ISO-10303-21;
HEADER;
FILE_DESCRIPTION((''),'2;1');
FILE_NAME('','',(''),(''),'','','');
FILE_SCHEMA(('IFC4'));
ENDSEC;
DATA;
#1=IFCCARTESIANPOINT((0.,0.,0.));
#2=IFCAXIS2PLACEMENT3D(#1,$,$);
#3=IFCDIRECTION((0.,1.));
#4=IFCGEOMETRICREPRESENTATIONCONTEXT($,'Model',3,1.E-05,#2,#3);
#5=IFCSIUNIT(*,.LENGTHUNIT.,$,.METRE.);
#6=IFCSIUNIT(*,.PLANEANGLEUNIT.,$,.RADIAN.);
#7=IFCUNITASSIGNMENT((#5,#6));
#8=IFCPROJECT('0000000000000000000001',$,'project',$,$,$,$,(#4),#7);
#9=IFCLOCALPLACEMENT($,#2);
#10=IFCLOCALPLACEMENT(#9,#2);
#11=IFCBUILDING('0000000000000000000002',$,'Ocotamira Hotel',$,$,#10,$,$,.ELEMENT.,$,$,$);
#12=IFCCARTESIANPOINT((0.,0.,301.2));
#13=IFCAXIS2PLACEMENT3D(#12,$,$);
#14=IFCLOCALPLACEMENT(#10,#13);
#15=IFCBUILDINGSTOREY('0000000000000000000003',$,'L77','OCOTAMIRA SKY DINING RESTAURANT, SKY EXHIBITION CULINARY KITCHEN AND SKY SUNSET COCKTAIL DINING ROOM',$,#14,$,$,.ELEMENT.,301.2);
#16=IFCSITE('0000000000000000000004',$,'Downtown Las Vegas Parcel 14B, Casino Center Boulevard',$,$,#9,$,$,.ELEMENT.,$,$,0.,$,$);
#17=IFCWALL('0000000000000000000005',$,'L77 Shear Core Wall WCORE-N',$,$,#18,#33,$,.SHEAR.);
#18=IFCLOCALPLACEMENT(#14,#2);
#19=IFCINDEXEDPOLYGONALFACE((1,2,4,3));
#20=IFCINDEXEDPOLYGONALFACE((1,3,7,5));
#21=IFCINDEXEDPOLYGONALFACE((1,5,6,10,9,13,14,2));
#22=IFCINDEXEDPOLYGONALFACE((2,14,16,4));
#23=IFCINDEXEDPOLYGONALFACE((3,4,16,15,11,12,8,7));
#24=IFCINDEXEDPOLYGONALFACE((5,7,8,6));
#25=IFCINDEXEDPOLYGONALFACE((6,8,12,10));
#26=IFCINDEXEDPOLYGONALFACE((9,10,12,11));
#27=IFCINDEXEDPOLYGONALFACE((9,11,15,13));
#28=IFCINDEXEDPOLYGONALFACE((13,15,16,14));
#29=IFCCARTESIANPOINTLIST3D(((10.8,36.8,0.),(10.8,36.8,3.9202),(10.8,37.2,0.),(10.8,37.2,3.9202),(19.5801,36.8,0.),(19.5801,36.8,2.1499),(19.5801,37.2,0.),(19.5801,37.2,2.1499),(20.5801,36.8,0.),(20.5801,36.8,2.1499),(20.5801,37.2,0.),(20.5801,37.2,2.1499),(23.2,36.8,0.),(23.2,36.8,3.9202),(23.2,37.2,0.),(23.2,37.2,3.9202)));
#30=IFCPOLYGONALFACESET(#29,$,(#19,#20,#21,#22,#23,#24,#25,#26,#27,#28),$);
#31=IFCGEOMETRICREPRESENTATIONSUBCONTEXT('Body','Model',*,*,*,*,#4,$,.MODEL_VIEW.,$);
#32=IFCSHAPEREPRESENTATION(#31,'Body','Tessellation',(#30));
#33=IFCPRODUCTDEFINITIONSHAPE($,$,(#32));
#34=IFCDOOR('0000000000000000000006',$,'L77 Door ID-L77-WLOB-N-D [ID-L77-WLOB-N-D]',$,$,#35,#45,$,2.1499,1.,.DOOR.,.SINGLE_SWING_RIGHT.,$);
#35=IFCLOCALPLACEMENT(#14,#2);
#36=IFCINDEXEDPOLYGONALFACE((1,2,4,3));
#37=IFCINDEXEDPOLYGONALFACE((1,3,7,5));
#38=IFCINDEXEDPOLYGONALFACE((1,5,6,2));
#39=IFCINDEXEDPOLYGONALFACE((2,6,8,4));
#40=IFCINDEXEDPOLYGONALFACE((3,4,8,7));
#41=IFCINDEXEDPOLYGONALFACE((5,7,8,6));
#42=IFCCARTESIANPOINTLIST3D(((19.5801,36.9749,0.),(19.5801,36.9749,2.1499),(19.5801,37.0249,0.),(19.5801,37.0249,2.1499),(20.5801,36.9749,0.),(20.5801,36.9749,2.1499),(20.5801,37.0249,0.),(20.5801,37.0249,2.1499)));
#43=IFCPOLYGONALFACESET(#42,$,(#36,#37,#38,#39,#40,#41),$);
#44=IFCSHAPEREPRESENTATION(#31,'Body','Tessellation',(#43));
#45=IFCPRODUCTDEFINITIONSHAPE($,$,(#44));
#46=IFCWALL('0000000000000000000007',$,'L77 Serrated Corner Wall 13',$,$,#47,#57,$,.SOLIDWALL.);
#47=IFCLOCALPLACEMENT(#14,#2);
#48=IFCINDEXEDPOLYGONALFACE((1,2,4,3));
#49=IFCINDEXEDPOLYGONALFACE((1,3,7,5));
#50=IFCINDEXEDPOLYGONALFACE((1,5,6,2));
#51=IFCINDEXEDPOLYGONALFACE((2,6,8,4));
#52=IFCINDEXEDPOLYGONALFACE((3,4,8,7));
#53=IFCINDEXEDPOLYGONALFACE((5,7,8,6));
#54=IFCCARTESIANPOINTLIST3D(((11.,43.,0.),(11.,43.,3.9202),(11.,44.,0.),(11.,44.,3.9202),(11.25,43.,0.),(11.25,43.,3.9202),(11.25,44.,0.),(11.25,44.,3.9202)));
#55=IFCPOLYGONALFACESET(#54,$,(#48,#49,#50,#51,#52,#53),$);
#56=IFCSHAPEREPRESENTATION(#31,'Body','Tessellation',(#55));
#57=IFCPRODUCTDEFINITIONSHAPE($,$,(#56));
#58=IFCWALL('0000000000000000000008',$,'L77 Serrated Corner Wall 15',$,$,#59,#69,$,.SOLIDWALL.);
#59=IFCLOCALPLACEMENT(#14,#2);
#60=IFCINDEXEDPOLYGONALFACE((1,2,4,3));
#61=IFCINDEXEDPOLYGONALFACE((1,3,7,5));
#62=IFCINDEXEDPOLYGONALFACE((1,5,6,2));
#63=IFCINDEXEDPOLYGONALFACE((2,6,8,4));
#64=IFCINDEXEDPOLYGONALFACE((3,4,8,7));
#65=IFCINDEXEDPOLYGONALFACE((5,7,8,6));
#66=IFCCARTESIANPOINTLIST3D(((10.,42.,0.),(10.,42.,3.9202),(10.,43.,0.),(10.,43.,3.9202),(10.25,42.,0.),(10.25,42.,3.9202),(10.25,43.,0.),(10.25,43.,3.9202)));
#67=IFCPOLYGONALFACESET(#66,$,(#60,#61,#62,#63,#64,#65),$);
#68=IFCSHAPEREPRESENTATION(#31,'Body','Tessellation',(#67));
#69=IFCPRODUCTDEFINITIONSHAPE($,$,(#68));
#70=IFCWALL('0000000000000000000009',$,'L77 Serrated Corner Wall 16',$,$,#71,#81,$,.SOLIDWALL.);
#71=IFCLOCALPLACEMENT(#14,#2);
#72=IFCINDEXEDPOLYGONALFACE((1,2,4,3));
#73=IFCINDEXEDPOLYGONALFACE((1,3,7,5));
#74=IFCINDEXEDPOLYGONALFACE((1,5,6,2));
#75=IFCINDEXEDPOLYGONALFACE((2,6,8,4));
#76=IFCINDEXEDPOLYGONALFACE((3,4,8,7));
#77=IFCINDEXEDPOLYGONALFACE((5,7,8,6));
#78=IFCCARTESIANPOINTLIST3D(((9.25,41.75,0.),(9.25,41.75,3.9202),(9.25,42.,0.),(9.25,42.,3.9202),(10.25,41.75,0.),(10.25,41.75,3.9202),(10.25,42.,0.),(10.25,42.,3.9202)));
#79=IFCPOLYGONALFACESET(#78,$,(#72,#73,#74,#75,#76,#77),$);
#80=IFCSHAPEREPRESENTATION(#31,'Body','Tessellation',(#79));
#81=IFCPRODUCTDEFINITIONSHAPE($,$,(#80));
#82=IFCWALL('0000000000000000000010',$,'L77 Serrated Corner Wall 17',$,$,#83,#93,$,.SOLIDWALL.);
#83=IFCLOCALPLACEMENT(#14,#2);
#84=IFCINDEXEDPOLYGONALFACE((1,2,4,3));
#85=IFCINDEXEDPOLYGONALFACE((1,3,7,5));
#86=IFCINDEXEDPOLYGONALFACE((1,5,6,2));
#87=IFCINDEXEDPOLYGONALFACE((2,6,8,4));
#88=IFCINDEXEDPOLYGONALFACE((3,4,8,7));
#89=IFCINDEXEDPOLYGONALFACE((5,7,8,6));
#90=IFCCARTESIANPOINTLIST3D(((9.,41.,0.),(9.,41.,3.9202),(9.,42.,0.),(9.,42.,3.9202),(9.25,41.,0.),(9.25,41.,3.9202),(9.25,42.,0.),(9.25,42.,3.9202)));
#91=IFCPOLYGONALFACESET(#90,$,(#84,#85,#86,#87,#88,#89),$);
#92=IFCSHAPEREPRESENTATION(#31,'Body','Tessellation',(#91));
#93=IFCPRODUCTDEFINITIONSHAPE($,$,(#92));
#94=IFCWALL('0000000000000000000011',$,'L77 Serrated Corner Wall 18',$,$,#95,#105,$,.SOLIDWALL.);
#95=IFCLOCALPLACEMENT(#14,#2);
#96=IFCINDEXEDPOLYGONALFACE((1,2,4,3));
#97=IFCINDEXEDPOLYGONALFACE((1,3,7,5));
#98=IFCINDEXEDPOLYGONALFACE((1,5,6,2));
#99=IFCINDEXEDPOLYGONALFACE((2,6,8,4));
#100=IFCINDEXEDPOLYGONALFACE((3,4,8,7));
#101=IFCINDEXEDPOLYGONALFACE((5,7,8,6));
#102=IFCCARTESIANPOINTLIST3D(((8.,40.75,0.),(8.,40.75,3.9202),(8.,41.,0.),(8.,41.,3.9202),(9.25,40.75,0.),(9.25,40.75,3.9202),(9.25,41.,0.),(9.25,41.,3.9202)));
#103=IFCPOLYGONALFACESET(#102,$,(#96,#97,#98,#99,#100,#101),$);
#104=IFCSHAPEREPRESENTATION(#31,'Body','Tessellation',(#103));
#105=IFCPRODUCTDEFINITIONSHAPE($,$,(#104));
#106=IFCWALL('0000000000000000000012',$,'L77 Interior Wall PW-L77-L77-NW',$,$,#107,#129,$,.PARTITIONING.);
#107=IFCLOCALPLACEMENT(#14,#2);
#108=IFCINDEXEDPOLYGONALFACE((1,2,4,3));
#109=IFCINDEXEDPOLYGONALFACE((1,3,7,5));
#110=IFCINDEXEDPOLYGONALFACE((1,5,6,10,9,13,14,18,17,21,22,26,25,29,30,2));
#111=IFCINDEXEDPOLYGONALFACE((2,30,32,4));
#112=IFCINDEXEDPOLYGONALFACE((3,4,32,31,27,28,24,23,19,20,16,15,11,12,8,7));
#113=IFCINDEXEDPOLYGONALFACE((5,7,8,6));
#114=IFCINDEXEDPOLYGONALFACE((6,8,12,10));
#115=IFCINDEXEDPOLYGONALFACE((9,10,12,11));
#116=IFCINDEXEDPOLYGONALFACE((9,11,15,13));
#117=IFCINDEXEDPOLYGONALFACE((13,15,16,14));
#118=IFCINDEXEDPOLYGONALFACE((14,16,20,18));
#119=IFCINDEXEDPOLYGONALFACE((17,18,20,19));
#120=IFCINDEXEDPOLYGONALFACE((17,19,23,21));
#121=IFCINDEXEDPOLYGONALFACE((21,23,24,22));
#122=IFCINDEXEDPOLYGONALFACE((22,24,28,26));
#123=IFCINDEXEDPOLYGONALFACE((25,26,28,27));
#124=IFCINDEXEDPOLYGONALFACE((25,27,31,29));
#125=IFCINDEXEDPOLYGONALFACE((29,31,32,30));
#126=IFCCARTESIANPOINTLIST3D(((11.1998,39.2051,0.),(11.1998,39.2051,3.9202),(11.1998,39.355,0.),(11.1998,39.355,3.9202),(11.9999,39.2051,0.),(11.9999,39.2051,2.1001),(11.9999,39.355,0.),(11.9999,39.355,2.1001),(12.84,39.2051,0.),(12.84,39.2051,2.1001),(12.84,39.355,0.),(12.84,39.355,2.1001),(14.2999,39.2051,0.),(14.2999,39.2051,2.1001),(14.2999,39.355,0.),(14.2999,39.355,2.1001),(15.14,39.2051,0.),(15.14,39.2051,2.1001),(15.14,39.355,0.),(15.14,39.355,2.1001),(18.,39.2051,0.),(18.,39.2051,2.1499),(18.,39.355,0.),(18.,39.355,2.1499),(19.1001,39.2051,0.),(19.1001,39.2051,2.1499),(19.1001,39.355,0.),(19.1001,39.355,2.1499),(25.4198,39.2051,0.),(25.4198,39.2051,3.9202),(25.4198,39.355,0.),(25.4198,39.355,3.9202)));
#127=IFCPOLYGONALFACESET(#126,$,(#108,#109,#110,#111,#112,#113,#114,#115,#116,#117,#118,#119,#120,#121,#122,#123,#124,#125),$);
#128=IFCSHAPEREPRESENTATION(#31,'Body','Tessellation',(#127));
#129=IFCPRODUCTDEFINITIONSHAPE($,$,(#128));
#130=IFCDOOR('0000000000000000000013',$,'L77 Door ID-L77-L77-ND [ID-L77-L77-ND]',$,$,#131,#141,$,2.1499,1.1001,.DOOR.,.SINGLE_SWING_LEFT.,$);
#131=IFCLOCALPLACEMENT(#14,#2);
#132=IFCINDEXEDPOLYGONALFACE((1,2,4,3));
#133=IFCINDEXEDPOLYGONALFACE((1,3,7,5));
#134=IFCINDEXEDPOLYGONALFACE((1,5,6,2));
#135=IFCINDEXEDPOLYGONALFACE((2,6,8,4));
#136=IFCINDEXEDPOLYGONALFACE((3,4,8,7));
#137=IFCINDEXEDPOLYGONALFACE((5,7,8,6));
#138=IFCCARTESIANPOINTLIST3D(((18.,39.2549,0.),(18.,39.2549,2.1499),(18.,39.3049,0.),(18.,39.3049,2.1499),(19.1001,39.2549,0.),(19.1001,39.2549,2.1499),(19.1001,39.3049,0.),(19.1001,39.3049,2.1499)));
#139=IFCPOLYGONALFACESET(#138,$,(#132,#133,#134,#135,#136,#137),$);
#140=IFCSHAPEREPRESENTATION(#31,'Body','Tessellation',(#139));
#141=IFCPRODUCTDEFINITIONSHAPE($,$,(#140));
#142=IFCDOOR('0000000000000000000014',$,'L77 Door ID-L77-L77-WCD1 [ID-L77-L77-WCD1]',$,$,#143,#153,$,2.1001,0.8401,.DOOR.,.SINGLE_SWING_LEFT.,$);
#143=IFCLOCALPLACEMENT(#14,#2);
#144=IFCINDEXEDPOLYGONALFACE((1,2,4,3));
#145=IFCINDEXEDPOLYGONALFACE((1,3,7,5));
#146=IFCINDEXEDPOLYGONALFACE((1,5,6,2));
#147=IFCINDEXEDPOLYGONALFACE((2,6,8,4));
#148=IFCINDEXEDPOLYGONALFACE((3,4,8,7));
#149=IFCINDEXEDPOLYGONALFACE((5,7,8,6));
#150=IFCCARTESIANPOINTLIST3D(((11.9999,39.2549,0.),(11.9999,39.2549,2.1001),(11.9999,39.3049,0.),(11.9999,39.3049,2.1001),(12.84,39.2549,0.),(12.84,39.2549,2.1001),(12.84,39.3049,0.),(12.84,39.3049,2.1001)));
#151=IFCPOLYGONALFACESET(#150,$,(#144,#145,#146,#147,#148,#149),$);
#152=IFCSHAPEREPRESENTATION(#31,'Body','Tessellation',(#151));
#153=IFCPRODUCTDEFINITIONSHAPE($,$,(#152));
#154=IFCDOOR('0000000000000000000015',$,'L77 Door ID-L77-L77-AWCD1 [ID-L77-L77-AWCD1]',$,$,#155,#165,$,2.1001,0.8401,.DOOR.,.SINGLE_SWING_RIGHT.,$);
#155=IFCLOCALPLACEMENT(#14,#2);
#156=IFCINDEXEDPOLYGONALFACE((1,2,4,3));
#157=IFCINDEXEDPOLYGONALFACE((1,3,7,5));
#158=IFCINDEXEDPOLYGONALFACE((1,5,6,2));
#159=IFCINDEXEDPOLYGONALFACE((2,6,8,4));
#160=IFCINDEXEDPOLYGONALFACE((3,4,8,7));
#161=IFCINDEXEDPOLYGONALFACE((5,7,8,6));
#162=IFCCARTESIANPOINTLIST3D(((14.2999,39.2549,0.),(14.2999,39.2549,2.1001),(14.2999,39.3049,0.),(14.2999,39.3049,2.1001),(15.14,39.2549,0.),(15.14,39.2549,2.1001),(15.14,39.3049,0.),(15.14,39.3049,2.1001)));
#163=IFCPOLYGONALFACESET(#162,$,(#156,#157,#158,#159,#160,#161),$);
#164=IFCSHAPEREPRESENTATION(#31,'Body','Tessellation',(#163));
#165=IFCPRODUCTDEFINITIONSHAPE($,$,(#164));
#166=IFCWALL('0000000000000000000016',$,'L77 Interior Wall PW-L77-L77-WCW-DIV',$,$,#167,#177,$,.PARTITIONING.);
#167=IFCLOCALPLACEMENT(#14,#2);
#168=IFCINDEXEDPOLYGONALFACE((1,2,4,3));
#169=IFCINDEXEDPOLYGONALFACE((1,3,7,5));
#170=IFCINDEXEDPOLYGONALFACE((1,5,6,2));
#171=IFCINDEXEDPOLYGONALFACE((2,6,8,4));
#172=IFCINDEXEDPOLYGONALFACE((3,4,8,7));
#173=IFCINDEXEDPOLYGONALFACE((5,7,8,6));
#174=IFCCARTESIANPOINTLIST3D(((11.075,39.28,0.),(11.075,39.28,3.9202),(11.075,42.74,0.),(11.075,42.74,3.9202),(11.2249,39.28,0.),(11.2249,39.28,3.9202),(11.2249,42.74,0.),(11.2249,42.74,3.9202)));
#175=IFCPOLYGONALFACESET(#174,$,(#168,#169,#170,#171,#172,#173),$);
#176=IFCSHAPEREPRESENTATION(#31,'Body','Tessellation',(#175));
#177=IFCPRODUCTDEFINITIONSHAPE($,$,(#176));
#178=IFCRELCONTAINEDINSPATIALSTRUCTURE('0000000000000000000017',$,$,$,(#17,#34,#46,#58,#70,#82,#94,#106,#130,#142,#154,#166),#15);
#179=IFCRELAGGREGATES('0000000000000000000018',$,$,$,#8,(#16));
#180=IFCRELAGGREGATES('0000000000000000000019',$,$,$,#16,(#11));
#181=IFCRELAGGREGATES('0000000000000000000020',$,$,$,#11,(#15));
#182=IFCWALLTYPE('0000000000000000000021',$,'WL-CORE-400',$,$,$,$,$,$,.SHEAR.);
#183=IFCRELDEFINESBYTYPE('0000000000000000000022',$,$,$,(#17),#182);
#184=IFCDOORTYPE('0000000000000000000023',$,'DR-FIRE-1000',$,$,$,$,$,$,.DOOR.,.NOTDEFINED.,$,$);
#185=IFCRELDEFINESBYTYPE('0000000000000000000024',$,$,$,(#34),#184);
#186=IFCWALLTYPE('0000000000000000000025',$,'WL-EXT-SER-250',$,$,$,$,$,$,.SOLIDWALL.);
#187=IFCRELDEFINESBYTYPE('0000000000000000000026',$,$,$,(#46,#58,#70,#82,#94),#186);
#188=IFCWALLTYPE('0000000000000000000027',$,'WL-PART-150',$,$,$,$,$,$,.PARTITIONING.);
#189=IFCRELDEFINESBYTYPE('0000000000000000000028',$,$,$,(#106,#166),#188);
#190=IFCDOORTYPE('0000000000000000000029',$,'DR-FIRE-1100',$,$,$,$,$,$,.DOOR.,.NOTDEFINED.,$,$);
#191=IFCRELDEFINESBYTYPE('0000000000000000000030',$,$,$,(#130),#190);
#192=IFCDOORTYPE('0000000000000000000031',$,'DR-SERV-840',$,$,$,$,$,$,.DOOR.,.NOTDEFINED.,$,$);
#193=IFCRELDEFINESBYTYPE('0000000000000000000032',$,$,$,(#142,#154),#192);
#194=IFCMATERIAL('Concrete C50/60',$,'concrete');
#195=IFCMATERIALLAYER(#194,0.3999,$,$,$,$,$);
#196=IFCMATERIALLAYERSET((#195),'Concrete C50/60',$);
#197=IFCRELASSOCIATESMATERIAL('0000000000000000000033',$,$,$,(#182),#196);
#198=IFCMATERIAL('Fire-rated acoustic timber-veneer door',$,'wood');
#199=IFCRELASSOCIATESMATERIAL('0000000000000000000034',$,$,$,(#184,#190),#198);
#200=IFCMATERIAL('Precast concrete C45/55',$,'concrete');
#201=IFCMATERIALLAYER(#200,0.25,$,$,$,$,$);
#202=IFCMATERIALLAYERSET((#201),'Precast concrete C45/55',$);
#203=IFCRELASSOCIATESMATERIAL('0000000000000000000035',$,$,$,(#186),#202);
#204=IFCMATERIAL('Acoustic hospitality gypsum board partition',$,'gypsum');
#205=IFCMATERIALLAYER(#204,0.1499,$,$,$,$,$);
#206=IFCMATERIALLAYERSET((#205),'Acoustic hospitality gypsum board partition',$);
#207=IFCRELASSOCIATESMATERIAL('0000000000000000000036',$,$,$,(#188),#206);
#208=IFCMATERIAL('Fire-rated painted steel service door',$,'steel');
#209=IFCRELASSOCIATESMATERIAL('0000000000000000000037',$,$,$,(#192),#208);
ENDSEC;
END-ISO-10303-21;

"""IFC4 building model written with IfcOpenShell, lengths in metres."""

from ifc_helpers import new_model, si_unit, direction, frame, frame_2d, origin, place, context, subcontext, project, spatial, rectangle, extrude, source, transform, mapped, material, layer, layer_set, type_object, element, fill, save


model = new_model("IFC4")

# Units and contexts
model_context = context("Model", 3, precision=1e-05, world=origin(), true_north=direction((0.0, 1.0)))
body_context = subcontext(model_context, "Body", "Model", "MODEL_VIEW")
ifc_project = project(units=[si_unit("LENGTHUNIT", "METRE"), si_unit("PLANEANGLEUNIT", "RADIAN")], contexts=[model_context])

# Site, building, storey
site_placement = place(None, origin())
site = spatial("IfcSite", under=ifc_project, at=site_placement, Name="Downtown Las Vegas Parcel 14B, Casino Center Boulevard", CompositionType="ELEMENT", RefElevation=0.0)
building_placement = place(site_placement, origin())
building = spatial("IfcBuilding", under=site, at=building_placement, Name="Ocotamira Hotel", CompositionType="ELEMENT")
storey_placement = place(building_placement, frame((0.0, 0.0, 301.2)))
storey = spatial("IfcBuildingStorey", under=building, at=storey_placement, Name="L77", Description="OCOTAMIRA SKY DINING RESTAURANT, SKY EXHIBITION CULINARY KITCHEN AND SKY SUNSET COCKTAIL DINING ROOM", CompositionType="ELEMENT", Elevation=301.2)

# Wall, opening, door
ifc_material_1 = material(Name="Concrete C50/60", Category="concrete")
ifc_layer_1 = layer(ifc_material_1, 0.3999)
ifc_layer_set_1 = layer_set([ifc_layer_1], Name="Concrete C50/60")
wall_type_1 = type_object("IfcWallType", Name="WL-CORE-400", PredefinedType="SHEAR", material=ifc_layer_set_1)
wall_1_placement = place(storey_placement, frame((10.8, 37.0, 0.0), z_axis=(0.0, 0.0, 1.0), x_axis=(1.0, 0.0, 0.0)))
wall_1 = element("IfcWall", 1, at=wall_1_placement, inside=storey, type_object=wall_type_1, Name="L77 Shear Core Wall WCORE-N", PredefinedType="SHEAR", context=body_context, shape_type="SweptSolid", body=[
    extrude(rectangle(XDim=12.3999, YDim=0.3999, at=frame_2d((6.2, 0.0))), origin(), (0.0, 0.0, 1.0), 3.9202),
])
opening_1_placement = place(wall_1_placement, frame((8.78, 0.0, 0.0)))
opening_1 = element("IfcOpeningElement", 2, at=opening_1_placement, cuts=wall_1, PredefinedType="OPENING", context=body_context, shape_type="SweptSolid", body=[
    extrude(rectangle(XDim=1.0, YDim=2.1499, at=frame_2d((0.5, 1.075))), frame((0.0, 0.21, 0.0), z_axis=(0.0, -1.0, 0.0), x_axis=(1.0, 0.0, 0.0)), (0.0, 0.0, 1.0), 0.4199),
])
ifc_material_2 = material(Name="Fire-rated acoustic timber-veneer door", Category="wood")
door_type_1 = type_object("IfcDoorType", Name="DR-FIRE-1000", OperationType="NOTDEFINED", PredefinedType="DOOR", material=ifc_material_2)
shared_shape_1 = source(origin(), body_context, "Body", "SweptSolid", [
    extrude(rectangle(XDim=1.0, YDim=2.1499, at=frame_2d((0.5, 1.075))), frame((0.0, 0.0249, 0.0), z_axis=(0.0, -1.0, 0.0), x_axis=(1.0, 0.0, 0.0)), (0.0, 0.0, 1.0), 0.05),
])
door_1_placement = place(opening_1_placement, origin())
door_1 = element("IfcDoor", 3, at=door_1_placement, inside=storey, type_object=door_type_1, Name="L77 Door ID-L77-WLOB-N-D [ID-L77-WLOB-N-D]", OperationType="SINGLE_SWING_RIGHT", OverallHeight=2.1499, OverallWidth=1.0, PredefinedType="DOOR", context=body_context, shape_type="MappedRepresentation", body=[
    mapped(shared_shape_1, transform((0.0, 0.0, 0.0), scale=1.0)),
])
fill(opening_1, door_1)

# Walls
ifc_material_3 = material(Name="Precast concrete C45/55", Category="concrete")
ifc_layer_2 = layer(ifc_material_3, 0.25)
ifc_layer_set_2 = layer_set([ifc_layer_2], Name="Precast concrete C45/55")
wall_type_2 = type_object("IfcWallType", Name="WL-EXT-SER-250", PredefinedType="SOLIDWALL", material=ifc_layer_set_2)
for number, where, z_axis, x_axis, name in (
    (4, (11.125, 44.0, 0.0), (0.0, 0.0, 1.0), (0.0, -1.0, 0.0), "L77 Serrated Corner Wall 13"),
    (5, (10.125, 43.0, 0.0), (0.0, 0.0, 1.0), (0.0, -1.0, 0.0), "L77 Serrated Corner Wall 15"),
    (6, (10.25, 41.875, 0.0), (0.0, 0.0, 1.0), (-1.0, 0.0, 0.0), "L77 Serrated Corner Wall 16"),
    (7, (9.125, 42.0, 0.0), (0.0, 0.0, 1.0), (0.0, -1.0, 0.0), "L77 Serrated Corner Wall 17"),
):
    element("IfcWall", number, at=place(storey_placement, frame(where, z_axis=z_axis, x_axis=x_axis)), inside=storey, type_object=wall_type_2, Name=name, PredefinedType="SOLIDWALL", context=body_context, shape_type="SweptSolid", body=[
        extrude(rectangle(XDim=1.0, YDim=0.25, at=frame_2d((0.5, 0.0))), origin(), (0.0, 0.0, 1.0), 3.9202),
    ])
wall_2_placement = place(storey_placement, frame((9.25, 40.875, 0.0), z_axis=(0.0, 0.0, 1.0), x_axis=(-1.0, 0.0, 0.0)))
element("IfcWall", 8, at=wall_2_placement, inside=storey, type_object=wall_type_2, Name="L77 Serrated Corner Wall 18", PredefinedType="SOLIDWALL", context=body_context, shape_type="SweptSolid", body=[
    extrude(rectangle(XDim=1.25, YDim=0.25, at=frame_2d((0.625, 0.0))), origin(), (0.0, 0.0, 1.0), 3.9202),
])

# Wall, openings, doors
ifc_material_4 = material(Name="Acoustic hospitality gypsum board partition", Category="gypsum")
ifc_layer_3 = layer(ifc_material_4, 0.1499)
ifc_layer_set_3 = layer_set([ifc_layer_3], Name="Acoustic hospitality gypsum board partition")
wall_type_3 = type_object("IfcWallType", Name="WL-PART-150", PredefinedType="PARTITIONING", material=ifc_layer_set_3)
wall_3_placement = place(storey_placement, frame((11.2, 39.28, 0.0), z_axis=(0.0, 0.0, 1.0), x_axis=(1.0, 0.0, 0.0)))
wall_3 = element("IfcWall", 9, at=wall_3_placement, inside=storey, type_object=wall_type_3, Name="L77 Interior Wall PW-L77-L77-NW", PredefinedType="PARTITIONING", context=body_context, shape_type="SweptSolid", body=[
    extrude(rectangle(XDim=14.22, YDim=0.1499, at=frame_2d((7.1099, 0.0))), origin(), (0.0, 0.0, 1.0), 3.9202),
])
opening_2_placement = place(wall_3_placement, frame((0.8, 0.0, 0.0)))
opening_2 = element("IfcOpeningElement", 10, at=opening_2_placement, cuts=wall_3, PredefinedType="OPENING", context=body_context, shape_type="SweptSolid", body=[
    extrude(rectangle(XDim=0.8401, YDim=2.1001, at=frame_2d((0.4199, 1.05))), frame((0.0, 0.085, 0.0), z_axis=(0.0, -1.0, 0.0), x_axis=(1.0, 0.0, 0.0)), (0.0, 0.0, 1.0), 0.1699),
])
opening_3_placement = place(wall_3_placement, frame((3.1001, 0.0, 0.0)))
opening_3 = element("IfcOpeningElement", 11, at=opening_3_placement, cuts=wall_3, PredefinedType="OPENING", context=body_context, shape_type="SweptSolid", body=[
    extrude(rectangle(XDim=0.8401, YDim=2.1001, at=frame_2d((0.4199, 1.05))), frame((0.0, 0.085, 0.0), z_axis=(0.0, -1.0, 0.0), x_axis=(1.0, 0.0, 0.0)), (0.0, 0.0, 1.0), 0.1699),
])
opening_4_placement = place(wall_3_placement, frame((6.8, 0.0, 0.0)))
opening_4 = element("IfcOpeningElement", 12, at=opening_4_placement, cuts=wall_3, PredefinedType="OPENING", context=body_context, shape_type="SweptSolid", body=[
    extrude(rectangle(XDim=1.1001, YDim=2.1499, at=frame_2d((0.55, 1.075))), frame((0.0, 0.085, 0.0), z_axis=(0.0, -1.0, 0.0), x_axis=(1.0, 0.0, 0.0)), (0.0, 0.0, 1.0), 0.1699),
])
door_type_2 = type_object("IfcDoorType", Name="DR-FIRE-1100", OperationType="NOTDEFINED", PredefinedType="DOOR", material=ifc_material_2)
shared_shape_2 = source(origin(), body_context, "Body", "SweptSolid", [
    extrude(rectangle(XDim=1.1001, YDim=2.1499, at=frame_2d((0.55, 1.075))), frame((0.0, 0.0249, 0.0), z_axis=(0.0, -1.0, 0.0), x_axis=(1.0, 0.0, 0.0)), (0.0, 0.0, 1.0), 0.05),
])
door_2_placement = place(opening_4_placement, origin())
door_2 = element("IfcDoor", 13, at=door_2_placement, inside=storey, type_object=door_type_2, Name="L77 Door ID-L77-L77-ND [ID-L77-L77-ND]", OperationType="SINGLE_SWING_LEFT", OverallHeight=2.1499, OverallWidth=1.1001, PredefinedType="DOOR", context=body_context, shape_type="MappedRepresentation", body=[
    mapped(shared_shape_2, transform((0.0, 0.0, 0.0), scale=1.0)),
])
fill(opening_4, door_2)
ifc_material_5 = material(Name="Fire-rated painted steel service door", Category="steel")
door_type_3 = type_object("IfcDoorType", Name="DR-SERV-840", OperationType="NOTDEFINED", PredefinedType="DOOR", material=ifc_material_5)
shared_shape_3 = source(origin(), body_context, "Body", "SweptSolid", [
    extrude(rectangle(XDim=0.8401, YDim=2.1001, at=frame_2d((0.4199, 1.05))), frame((0.0, 0.0249, 0.0), z_axis=(0.0, -1.0, 0.0), x_axis=(1.0, 0.0, 0.0)), (0.0, 0.0, 1.0), 0.05),
])
door_3_placement = place(opening_2_placement, origin())
door_3 = element("IfcDoor", 14, at=door_3_placement, inside=storey, type_object=door_type_3, Name="L77 Door ID-L77-L77-WCD1 [ID-L77-L77-WCD1]", OperationType="SINGLE_SWING_LEFT", OverallHeight=2.1001, OverallWidth=0.8401, PredefinedType="DOOR", context=body_context, shape_type="MappedRepresentation", body=[
    mapped(shared_shape_3, transform((0.0, 0.0, 0.0), scale=1.0)),
])
fill(opening_2, door_3)
door_4_placement = place(opening_3_placement, origin())
door_4 = element("IfcDoor", 15, at=door_4_placement, inside=storey, type_object=door_type_3, Name="L77 Door ID-L77-L77-AWCD1 [ID-L77-L77-AWCD1]", OperationType="SINGLE_SWING_RIGHT", OverallHeight=2.1001, OverallWidth=0.8401, PredefinedType="DOOR", context=body_context, shape_type="MappedRepresentation", body=[
    mapped(shared_shape_3, transform((0.0, 0.0, 0.0), scale=1.0)),
])
fill(opening_3, door_4)

# Wall
wall_4_placement = place(storey_placement, frame((11.1499, 39.28, 0.0), z_axis=(0.0, 0.0, 1.0), x_axis=(0.0, 1.0, 0.0)))
element("IfcWall", 16, at=wall_4_placement, inside=storey, type_object=wall_type_3, Name="L77 Interior Wall PW-L77-L77-WCW-DIV", PredefinedType="PARTITIONING", context=body_context, shape_type="SweptSolid", body=[
    extrude(rectangle(XDim=3.46, YDim=0.1499, at=frame_2d((1.73, 0.0))), origin(), (0.0, 0.0, 1.0), 3.9202),
])

save(model, "model.ifc")
